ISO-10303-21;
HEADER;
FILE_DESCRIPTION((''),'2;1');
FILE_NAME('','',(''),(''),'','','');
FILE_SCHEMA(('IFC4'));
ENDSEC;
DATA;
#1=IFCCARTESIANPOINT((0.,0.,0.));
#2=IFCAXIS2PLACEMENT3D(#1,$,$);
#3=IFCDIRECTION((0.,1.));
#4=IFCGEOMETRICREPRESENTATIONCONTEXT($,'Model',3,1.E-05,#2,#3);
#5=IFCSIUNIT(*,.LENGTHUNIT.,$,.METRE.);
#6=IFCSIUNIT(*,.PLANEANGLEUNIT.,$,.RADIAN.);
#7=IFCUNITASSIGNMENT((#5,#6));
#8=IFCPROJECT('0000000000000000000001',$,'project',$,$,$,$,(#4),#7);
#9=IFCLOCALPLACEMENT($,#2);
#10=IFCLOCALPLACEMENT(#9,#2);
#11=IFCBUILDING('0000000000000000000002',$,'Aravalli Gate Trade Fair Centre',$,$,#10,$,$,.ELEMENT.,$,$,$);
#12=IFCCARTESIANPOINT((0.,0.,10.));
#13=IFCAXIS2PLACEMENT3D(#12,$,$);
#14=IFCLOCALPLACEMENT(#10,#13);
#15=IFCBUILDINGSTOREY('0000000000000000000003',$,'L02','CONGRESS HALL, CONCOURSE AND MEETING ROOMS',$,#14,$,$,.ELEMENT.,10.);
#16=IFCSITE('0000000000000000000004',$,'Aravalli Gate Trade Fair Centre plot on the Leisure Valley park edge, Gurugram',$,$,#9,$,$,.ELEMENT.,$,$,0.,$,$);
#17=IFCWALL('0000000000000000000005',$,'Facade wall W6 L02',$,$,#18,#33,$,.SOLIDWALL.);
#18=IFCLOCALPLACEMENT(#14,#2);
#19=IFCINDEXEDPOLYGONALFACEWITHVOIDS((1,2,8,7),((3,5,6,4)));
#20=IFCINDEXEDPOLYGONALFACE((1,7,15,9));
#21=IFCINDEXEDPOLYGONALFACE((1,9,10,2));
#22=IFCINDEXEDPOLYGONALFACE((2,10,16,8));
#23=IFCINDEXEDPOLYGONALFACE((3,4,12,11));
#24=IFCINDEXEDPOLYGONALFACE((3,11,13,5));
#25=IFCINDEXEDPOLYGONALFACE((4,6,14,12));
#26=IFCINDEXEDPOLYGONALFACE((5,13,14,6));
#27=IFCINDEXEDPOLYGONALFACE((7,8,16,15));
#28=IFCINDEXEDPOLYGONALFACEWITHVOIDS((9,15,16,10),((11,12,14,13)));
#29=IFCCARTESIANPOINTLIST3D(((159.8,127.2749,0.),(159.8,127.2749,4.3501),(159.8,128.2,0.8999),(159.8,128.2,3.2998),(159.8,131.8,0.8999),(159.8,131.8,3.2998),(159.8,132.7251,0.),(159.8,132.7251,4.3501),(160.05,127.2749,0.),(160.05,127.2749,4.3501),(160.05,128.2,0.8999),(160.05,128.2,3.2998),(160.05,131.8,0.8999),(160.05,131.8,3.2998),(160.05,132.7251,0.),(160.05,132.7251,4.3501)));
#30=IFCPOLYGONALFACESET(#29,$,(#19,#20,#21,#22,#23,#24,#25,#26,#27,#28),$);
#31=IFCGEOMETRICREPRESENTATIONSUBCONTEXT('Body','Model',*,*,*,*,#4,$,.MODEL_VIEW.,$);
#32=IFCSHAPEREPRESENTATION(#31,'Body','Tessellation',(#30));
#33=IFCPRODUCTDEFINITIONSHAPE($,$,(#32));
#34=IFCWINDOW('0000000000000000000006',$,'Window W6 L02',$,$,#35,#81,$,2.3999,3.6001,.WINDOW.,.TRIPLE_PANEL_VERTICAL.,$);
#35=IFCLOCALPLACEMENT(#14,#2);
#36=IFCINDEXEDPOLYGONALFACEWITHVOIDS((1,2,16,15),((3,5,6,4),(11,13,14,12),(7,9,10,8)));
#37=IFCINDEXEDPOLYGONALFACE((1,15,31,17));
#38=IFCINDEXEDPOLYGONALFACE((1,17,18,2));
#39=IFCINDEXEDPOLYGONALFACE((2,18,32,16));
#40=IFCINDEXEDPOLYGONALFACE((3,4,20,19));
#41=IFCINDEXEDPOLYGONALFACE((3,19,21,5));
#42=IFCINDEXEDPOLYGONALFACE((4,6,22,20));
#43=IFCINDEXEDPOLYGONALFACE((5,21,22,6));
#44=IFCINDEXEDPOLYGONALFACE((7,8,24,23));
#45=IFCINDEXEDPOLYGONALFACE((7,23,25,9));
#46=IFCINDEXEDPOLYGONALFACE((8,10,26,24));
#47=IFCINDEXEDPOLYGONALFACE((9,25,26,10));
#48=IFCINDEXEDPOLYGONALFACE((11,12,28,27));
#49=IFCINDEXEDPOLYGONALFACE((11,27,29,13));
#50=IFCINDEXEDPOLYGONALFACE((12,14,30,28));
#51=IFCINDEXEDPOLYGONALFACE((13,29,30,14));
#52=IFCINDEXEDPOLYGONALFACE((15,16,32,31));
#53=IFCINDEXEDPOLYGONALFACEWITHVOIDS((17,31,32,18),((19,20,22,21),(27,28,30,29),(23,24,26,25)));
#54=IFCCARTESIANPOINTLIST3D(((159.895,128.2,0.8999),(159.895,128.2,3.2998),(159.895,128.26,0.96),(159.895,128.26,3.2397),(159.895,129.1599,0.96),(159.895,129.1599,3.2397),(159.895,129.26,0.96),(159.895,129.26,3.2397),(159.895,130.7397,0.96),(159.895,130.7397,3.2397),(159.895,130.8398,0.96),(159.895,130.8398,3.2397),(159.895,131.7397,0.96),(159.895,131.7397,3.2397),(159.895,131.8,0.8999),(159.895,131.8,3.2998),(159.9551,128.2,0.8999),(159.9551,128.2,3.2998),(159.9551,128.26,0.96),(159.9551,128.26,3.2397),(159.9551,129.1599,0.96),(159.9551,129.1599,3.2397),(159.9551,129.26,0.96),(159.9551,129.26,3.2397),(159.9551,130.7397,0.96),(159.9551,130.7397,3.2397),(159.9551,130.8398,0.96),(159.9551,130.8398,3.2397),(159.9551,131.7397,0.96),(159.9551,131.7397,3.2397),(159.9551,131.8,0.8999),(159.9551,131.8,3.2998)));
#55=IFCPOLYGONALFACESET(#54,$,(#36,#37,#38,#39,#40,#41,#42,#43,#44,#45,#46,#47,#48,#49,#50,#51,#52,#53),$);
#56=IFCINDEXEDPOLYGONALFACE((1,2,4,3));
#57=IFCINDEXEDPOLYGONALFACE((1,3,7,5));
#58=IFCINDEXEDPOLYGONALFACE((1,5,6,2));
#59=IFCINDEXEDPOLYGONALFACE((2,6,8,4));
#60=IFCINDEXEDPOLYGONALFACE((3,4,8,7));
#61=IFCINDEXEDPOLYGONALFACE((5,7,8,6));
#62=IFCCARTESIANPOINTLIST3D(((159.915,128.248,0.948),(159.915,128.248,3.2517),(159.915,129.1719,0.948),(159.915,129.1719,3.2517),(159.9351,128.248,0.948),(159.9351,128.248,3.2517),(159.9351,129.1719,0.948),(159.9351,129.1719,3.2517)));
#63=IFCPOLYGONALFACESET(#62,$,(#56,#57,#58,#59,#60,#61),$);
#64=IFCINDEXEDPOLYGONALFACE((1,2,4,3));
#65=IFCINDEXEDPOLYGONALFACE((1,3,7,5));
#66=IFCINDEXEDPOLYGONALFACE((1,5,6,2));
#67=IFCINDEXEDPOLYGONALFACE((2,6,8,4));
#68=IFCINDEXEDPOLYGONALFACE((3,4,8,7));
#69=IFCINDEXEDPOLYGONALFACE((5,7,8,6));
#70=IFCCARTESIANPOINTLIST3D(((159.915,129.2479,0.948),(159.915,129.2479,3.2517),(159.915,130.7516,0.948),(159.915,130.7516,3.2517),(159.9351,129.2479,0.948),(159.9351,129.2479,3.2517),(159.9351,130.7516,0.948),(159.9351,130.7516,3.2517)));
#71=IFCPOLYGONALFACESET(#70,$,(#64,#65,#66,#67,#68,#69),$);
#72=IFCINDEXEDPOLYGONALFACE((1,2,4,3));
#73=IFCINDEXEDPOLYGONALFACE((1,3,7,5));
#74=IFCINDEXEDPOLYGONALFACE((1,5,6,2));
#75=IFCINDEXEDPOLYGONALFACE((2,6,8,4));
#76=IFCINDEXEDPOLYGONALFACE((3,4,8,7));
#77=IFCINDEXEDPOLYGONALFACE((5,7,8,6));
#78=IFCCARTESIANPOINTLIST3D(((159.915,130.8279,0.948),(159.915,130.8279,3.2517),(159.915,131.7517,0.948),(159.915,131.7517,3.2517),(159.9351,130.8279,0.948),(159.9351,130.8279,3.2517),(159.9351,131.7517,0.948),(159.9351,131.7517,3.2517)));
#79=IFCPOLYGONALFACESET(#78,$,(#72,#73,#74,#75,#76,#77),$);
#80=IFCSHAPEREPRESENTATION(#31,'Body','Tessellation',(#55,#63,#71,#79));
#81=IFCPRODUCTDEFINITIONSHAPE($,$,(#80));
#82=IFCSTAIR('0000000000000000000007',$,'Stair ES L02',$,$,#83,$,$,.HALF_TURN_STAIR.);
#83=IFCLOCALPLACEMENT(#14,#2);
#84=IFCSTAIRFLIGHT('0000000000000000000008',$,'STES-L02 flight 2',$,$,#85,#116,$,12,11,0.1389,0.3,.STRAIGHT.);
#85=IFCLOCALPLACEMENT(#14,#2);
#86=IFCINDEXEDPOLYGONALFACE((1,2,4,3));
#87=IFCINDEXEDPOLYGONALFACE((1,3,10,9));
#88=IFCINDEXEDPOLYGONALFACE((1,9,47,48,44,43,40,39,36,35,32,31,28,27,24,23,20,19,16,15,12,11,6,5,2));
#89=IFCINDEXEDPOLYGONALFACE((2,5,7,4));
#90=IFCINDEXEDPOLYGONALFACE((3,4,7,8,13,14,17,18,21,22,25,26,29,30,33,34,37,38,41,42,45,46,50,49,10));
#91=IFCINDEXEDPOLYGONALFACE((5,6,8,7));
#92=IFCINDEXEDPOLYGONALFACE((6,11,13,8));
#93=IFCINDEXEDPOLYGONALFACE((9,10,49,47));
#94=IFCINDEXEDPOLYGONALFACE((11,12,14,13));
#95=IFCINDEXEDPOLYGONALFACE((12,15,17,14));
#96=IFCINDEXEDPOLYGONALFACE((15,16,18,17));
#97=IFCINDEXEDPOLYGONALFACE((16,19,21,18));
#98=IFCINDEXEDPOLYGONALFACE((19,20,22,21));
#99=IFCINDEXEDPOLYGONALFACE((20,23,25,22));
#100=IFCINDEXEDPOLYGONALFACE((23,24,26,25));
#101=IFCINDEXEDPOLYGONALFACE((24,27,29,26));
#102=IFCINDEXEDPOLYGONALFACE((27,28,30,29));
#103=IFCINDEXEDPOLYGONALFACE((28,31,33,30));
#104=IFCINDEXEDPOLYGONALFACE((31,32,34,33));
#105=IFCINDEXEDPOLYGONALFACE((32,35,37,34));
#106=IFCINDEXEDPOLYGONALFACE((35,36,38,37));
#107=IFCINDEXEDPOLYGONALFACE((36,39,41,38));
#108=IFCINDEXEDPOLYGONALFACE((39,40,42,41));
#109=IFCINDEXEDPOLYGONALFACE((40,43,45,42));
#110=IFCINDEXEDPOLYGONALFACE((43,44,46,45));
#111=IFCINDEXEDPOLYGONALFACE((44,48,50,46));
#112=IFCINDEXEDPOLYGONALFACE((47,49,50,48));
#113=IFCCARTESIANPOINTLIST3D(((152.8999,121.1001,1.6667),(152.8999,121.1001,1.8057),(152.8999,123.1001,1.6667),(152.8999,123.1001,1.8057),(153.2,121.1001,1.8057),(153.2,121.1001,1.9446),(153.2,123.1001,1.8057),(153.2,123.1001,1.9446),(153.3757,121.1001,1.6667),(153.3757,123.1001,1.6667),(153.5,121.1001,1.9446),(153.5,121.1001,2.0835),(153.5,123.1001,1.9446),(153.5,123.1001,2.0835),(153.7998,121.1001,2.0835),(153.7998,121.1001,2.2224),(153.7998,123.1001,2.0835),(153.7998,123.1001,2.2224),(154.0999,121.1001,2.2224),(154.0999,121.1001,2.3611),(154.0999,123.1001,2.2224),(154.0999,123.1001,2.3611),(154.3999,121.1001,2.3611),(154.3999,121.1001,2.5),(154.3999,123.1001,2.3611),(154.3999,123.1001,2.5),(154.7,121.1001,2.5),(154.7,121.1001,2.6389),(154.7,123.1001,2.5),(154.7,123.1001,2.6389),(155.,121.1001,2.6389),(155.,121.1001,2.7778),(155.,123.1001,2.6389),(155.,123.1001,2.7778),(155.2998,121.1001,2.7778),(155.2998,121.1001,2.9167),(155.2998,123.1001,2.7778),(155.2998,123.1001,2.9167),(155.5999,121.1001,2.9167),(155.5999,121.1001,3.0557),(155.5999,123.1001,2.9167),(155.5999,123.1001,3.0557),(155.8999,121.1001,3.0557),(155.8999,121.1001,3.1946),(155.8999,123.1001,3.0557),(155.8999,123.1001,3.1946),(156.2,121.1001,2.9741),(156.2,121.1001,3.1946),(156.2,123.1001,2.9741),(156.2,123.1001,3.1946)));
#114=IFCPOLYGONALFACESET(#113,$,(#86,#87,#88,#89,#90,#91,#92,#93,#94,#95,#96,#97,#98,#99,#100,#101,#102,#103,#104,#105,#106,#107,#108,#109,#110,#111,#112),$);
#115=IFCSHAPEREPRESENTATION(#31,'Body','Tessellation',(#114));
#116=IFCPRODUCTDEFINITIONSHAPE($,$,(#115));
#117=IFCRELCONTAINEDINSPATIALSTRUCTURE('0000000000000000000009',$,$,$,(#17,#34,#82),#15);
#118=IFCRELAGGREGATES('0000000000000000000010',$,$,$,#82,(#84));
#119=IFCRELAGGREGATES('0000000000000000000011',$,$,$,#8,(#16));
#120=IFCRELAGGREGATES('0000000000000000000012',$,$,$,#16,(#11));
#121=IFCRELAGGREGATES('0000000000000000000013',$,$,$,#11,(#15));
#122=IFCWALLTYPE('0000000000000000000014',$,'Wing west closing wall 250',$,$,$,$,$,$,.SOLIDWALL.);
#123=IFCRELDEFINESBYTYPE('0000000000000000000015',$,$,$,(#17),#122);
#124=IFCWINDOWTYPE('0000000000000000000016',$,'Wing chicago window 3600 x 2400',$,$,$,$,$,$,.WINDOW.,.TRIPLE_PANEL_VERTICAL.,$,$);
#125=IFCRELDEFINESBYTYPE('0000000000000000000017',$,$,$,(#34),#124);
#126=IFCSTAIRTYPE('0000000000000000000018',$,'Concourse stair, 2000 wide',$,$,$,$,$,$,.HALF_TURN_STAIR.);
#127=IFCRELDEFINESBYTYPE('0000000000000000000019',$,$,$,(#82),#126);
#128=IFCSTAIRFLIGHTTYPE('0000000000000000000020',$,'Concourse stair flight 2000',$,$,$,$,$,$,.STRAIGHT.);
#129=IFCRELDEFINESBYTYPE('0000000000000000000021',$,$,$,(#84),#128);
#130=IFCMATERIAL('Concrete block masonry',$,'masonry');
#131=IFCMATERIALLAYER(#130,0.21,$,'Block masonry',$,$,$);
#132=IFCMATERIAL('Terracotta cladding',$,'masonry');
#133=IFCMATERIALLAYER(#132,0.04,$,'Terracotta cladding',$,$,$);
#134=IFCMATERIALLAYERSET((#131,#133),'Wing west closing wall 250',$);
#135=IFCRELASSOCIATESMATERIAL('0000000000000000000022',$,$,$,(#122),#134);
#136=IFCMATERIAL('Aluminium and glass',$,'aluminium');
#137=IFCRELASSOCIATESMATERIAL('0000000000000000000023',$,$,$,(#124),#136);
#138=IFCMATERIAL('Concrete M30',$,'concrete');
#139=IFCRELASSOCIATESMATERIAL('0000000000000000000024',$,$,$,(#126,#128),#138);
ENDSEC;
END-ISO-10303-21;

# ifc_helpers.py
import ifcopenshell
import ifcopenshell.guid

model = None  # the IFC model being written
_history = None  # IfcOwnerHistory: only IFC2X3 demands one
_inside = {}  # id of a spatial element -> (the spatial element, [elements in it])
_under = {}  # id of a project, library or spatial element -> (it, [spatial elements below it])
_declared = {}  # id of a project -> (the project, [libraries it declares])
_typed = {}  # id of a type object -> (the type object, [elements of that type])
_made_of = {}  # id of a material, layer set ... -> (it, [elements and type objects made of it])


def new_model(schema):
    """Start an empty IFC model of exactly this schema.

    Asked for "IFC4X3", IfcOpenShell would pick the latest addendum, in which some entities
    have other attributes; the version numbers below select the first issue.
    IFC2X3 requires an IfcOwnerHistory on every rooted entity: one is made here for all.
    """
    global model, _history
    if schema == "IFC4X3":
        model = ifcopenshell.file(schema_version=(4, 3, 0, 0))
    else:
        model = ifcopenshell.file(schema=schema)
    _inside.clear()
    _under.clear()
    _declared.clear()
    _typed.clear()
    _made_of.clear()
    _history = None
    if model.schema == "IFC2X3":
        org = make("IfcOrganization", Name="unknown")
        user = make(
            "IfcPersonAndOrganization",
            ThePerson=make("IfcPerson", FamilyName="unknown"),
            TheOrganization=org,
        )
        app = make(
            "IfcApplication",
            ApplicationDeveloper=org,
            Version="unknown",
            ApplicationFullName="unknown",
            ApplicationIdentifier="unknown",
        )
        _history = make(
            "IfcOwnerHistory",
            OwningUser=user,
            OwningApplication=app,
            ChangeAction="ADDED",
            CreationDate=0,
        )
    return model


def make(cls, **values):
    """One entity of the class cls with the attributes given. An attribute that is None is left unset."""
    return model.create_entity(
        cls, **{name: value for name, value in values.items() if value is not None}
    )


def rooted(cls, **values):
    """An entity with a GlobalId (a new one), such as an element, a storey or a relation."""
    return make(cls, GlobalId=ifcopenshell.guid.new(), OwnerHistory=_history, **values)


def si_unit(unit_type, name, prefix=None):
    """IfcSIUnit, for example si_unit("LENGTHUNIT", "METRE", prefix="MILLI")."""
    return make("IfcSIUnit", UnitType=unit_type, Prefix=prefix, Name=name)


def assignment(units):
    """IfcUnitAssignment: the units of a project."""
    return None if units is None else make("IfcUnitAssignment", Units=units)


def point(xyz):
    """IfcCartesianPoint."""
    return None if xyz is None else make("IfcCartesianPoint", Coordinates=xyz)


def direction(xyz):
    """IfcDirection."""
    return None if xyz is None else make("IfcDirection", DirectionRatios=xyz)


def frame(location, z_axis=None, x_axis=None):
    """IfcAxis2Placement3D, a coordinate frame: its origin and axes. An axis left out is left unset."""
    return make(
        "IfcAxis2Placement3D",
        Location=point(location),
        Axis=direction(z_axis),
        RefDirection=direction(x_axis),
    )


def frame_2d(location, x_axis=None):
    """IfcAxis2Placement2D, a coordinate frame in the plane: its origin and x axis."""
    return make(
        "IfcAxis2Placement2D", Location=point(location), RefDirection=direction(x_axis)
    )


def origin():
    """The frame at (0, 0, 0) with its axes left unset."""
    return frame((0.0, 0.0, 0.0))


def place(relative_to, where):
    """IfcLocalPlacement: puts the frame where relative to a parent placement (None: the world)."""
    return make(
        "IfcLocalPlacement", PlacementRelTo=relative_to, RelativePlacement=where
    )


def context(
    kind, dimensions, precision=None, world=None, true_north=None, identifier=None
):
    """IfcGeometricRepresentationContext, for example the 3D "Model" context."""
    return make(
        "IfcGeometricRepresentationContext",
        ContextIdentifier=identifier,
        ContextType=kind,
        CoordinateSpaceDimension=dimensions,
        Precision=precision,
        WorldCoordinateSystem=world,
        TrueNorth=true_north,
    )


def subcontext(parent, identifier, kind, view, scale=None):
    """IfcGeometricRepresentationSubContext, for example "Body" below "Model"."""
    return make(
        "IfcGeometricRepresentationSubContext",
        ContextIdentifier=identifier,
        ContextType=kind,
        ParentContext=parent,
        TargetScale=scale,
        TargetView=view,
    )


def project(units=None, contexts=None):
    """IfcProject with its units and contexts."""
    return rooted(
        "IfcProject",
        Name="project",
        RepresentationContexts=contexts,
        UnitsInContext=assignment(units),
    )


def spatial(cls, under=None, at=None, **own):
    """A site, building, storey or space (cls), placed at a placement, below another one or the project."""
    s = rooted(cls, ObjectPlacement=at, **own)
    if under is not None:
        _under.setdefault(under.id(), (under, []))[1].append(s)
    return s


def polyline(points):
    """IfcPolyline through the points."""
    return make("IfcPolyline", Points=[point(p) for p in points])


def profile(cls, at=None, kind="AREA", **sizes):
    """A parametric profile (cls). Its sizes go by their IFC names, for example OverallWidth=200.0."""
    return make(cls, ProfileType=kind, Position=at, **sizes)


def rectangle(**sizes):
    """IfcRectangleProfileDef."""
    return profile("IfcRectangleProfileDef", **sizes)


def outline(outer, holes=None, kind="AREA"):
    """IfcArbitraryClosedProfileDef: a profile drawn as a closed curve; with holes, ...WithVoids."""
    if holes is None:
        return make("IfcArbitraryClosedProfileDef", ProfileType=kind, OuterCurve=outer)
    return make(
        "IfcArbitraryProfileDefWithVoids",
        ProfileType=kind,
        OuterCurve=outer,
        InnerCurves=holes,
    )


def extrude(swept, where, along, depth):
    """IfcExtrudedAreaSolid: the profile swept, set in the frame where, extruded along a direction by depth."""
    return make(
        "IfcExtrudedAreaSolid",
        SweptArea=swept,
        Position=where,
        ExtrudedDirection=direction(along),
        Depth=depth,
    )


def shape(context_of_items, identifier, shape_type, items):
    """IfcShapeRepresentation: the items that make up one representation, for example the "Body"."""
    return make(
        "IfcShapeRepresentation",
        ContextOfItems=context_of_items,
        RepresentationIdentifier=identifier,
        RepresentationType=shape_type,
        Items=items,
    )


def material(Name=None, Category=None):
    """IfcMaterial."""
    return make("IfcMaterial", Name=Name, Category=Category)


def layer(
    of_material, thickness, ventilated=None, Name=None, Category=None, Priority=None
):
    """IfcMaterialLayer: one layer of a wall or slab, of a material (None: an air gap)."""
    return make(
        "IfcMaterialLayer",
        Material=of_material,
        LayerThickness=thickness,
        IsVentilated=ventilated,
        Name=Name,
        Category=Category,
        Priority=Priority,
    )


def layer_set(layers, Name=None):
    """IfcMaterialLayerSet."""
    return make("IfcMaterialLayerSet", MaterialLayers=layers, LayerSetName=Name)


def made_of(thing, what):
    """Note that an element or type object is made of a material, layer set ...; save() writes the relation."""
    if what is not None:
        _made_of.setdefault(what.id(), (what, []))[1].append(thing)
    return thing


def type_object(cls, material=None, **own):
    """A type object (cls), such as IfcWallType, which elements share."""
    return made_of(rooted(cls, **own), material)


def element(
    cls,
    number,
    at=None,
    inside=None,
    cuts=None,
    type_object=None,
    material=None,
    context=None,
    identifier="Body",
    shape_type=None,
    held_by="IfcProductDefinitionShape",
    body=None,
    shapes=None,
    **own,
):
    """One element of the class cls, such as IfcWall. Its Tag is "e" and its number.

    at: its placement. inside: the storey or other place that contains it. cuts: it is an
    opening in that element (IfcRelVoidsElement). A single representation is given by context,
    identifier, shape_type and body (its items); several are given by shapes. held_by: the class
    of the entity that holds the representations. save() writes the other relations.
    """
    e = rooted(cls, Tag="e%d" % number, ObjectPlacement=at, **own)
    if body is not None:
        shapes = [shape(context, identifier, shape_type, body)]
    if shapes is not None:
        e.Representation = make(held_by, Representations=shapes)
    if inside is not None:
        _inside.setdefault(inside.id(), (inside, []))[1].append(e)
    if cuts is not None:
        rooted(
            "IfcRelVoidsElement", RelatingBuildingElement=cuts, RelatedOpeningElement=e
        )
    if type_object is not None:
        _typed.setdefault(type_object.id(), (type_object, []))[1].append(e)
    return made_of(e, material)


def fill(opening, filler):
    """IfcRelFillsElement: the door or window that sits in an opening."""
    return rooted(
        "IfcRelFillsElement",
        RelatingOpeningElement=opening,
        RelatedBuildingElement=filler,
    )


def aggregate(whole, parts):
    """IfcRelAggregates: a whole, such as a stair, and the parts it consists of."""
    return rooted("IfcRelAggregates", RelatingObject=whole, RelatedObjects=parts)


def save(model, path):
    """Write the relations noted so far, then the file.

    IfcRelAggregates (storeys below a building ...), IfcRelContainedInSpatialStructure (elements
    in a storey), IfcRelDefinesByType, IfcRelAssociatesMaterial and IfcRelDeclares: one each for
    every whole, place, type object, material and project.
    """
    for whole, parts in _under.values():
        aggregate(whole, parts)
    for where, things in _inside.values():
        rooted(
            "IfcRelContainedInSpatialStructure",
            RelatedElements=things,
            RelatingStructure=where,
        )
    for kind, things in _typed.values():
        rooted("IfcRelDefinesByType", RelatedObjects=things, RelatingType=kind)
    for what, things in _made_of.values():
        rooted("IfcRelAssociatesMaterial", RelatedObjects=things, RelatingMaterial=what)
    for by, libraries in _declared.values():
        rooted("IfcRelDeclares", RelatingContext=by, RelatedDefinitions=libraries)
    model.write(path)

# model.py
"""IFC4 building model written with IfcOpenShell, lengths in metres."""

from ifc_helpers import new_model, si_unit, direction, frame, frame_2d, origin, place, context, subcontext, project, spatial, polyline, rectangle, outline, extrude, material, layer, layer_set, type_object, element, fill, aggregate, save


model = new_model("IFC4")

# Units and contexts
model_context = context("Model", 3, precision=1e-05, world=origin(), true_north=direction((0.0, 1.0)))
body_context = subcontext(model_context, "Body", "Model", "MODEL_VIEW")
ifc_project = project(units=[si_unit("LENGTHUNIT", "METRE"), si_unit("PLANEANGLEUNIT", "RADIAN")], contexts=[model_context])

# Site, building, storey
site_placement = place(None, origin())
site = spatial("IfcSite", under=ifc_project, at=site_placement, Name="Aravalli Gate Trade Fair Centre plot on the Leisure Valley park edge, Gurugram", CompositionType="ELEMENT", RefElevation=0.0)
building_placement = place(site_placement, origin())
building = spatial("IfcBuilding", under=site, at=building_placement, Name="Aravalli Gate Trade Fair Centre", CompositionType="ELEMENT")
storey_placement = place(building_placement, frame((0.0, 0.0, 10.0)))
storey = spatial("IfcBuildingStorey", under=building, at=storey_placement, Name="L02", Description="CONGRESS HALL, CONCOURSE AND MEETING ROOMS", CompositionType="ELEMENT", Elevation=10.0)

# Shared definitions
ifc_material_1 = material(Name="Aluminium and glass", Category="aluminium")

# Wall, opening, window
ifc_material_2 = material(Name="Concrete block masonry", Category="masonry")
ifc_layer_1 = layer(ifc_material_2, 0.21, Name="Block masonry")
ifc_material_3 = material(Name="Terracotta cladding", Category="masonry")
ifc_layer_2 = layer(ifc_material_3, 0.04, Name="Terracotta cladding")
ifc_layer_set_1 = layer_set([ifc_layer_1, ifc_layer_2], Name="Wing west closing wall 250")
wall_type = type_object("IfcWallType", Name="Wing west closing wall 250", PredefinedType="SOLIDWALL", material=ifc_layer_set_1)
window_type = type_object("IfcWindowType", Name="Wing chicago window 3600 x 2400", PartitioningType="TRIPLE_PANEL_VERTICAL", PredefinedType="WINDOW", material=ifc_material_1)
wall_1_placement = place(storey_placement, frame((159.925, 127.2749, 0.0), z_axis=(0.0, 0.0, 1.0), x_axis=(0.0, 1.0, 0.0)))
wall_1 = element("IfcWall", 1, at=wall_1_placement, inside=storey, type_object=wall_type, Name="Facade wall W6 L02", PredefinedType="SOLIDWALL", context=body_context, shape_type="SweptSolid", body=[
    extrude(rectangle(XDim=5.4502, YDim=0.25, at=frame_2d((2.7251, 0.0))), origin(), (0.0, 0.0, 1.0), 4.3501),
])
opening_1_placement = place(wall_1_placement, frame((0.925, 0.0, 0.8999)))
opening_1 = element("IfcOpeningElement", 2, at=opening_1_placement, cuts=wall_1, PredefinedType="OPENING", context=body_context, shape_type="SweptSolid", body=[
    extrude(rectangle(XDim=3.6001, YDim=2.3999, at=frame_2d((1.8, 1.2))), frame((0.0, 0.135, 0.0), z_axis=(0.0, -1.0, 0.0), x_axis=(1.0, 0.0, 0.0)), (0.0, 0.0, 1.0), 0.27),
])
window_1_placement = place(opening_1_placement, origin())
window_1 = element("IfcWindow", 3, at=window_1_placement, inside=storey, type_object=window_type, Name="Window W6 L02", OverallHeight=2.3999, OverallWidth=3.6001, PartitioningType="TRIPLE_PANEL_VERTICAL", PredefinedType="WINDOW", context=body_context, shape_type="SweptSolid", body=[
    extrude(outline(polyline([(0.0, 0.0), (3.6001, 0.0), (3.6001, 2.3999), (0.0, 2.3999), (0.0, 0.0)]), holes=[polyline([(0.0601, 0.0601), (0.96, 0.0601), (0.96, 2.3398), (0.0601, 2.3398), (0.0601, 0.0601)]), polyline([(1.0601, 0.0601), (2.5398, 0.0601), (2.5398, 2.3398), (1.0601, 2.3398), (1.0601, 0.0601)]), polyline([(2.6399, 0.0601), (3.5398, 0.0601), (3.5398, 2.3398), (2.6399, 2.3398), (2.6399, 0.0601)])]), frame((0.0, 0.03, 0.0), z_axis=(0.0, -1.0, 0.0), x_axis=(1.0, 0.0, 0.0)), (0.0, 0.0, 1.0), 0.0601),
    extrude(rectangle(XDim=0.9238, YDim=2.3037, at=frame_2d((0.51, 1.2))), frame((0.0, 0.01, 0.0), z_axis=(0.0, -1.0, 0.0), x_axis=(1.0, 0.0, 0.0)), (0.0, 0.0, 1.0), 0.02),
    extrude(rectangle(XDim=1.5037, YDim=2.3037, at=frame_2d((1.7998, 1.2))), frame((0.0, 0.01, 0.0), z_axis=(0.0, -1.0, 0.0), x_axis=(1.0, 0.0, 0.0)), (0.0, 0.0, 1.0), 0.02),
    extrude(rectangle(XDim=0.9238, YDim=2.3037, at=frame_2d((3.0898, 1.2))), frame((0.0, 0.01, 0.0), z_axis=(0.0, -1.0, 0.0), x_axis=(1.0, 0.0, 0.0)), (0.0, 0.0, 1.0), 0.02),
])
fill(opening_1, window_1)

# Stair, stair flight
ifc_material_4 = material(Name="Concrete M30", Category="concrete")
stair_type = type_object("IfcStairType", Name="Concourse stair, 2000 wide", PredefinedType="HALF_TURN_STAIR", material=ifc_material_4)
stair_placement = place(storey_placement, origin())
stair = element("IfcStair", 4, at=stair_placement, inside=storey, type_object=stair_type, Name="Stair ES L02", PredefinedType="HALF_TURN_STAIR")
stair_flight_type = type_object("IfcStairFlightType", Name="Concourse stair flight 2000", PredefinedType="STRAIGHT", material=ifc_material_4)
stair_flight_placement = place(storey_placement, frame((152.8999, 122.1001, 1.6667), z_axis=(0.0, 0.0, 1.0), x_axis=(1.0, 0.0, 0.0)))
stair_flight = element("IfcStairFlight", 5, at=stair_flight_placement, type_object=stair_flight_type, Name="STES-L02 flight 2", NumberOfRisers=12, NumberOfTreads=11, PredefinedType="STRAIGHT", RiserHeight=0.1389, TreadLength=0.3, context=body_context, shape_type="SweptSolid", body=[
    extrude(outline(polyline([(0.0, 0.0), (0.0, 0.1389), (0.3, 0.1389), (0.3, 0.2778), (0.6001, 0.2778), (0.6001, 0.4167), (0.8999, 0.4167), (0.8999, 0.5557), (1.2, 0.5557), (1.2, 0.6943), (1.5, 0.6943), (1.5, 0.8333), (1.8, 0.8333), (1.8, 0.9722), (2.1001, 0.9722), (2.1001, 1.1111), (2.3999, 1.1111), (2.3999, 1.25), (2.7, 1.25), (2.7, 1.3889), (3.0, 1.3889), (3.0, 1.5278), (3.3, 1.5278), (3.3, 1.6667), (3.3, 1.3074), (0.4758, 0.0), (0.0, 0.0)])), frame((0.0, 1.0, 0.0), z_axis=(0.0, -1.0, 0.0), x_axis=(1.0, 0.0, 0.0)), (0.0, 0.0, 1.0), 2.0),
])
aggregate(stair, [stair_flight])

save(model, "model.ifc")
